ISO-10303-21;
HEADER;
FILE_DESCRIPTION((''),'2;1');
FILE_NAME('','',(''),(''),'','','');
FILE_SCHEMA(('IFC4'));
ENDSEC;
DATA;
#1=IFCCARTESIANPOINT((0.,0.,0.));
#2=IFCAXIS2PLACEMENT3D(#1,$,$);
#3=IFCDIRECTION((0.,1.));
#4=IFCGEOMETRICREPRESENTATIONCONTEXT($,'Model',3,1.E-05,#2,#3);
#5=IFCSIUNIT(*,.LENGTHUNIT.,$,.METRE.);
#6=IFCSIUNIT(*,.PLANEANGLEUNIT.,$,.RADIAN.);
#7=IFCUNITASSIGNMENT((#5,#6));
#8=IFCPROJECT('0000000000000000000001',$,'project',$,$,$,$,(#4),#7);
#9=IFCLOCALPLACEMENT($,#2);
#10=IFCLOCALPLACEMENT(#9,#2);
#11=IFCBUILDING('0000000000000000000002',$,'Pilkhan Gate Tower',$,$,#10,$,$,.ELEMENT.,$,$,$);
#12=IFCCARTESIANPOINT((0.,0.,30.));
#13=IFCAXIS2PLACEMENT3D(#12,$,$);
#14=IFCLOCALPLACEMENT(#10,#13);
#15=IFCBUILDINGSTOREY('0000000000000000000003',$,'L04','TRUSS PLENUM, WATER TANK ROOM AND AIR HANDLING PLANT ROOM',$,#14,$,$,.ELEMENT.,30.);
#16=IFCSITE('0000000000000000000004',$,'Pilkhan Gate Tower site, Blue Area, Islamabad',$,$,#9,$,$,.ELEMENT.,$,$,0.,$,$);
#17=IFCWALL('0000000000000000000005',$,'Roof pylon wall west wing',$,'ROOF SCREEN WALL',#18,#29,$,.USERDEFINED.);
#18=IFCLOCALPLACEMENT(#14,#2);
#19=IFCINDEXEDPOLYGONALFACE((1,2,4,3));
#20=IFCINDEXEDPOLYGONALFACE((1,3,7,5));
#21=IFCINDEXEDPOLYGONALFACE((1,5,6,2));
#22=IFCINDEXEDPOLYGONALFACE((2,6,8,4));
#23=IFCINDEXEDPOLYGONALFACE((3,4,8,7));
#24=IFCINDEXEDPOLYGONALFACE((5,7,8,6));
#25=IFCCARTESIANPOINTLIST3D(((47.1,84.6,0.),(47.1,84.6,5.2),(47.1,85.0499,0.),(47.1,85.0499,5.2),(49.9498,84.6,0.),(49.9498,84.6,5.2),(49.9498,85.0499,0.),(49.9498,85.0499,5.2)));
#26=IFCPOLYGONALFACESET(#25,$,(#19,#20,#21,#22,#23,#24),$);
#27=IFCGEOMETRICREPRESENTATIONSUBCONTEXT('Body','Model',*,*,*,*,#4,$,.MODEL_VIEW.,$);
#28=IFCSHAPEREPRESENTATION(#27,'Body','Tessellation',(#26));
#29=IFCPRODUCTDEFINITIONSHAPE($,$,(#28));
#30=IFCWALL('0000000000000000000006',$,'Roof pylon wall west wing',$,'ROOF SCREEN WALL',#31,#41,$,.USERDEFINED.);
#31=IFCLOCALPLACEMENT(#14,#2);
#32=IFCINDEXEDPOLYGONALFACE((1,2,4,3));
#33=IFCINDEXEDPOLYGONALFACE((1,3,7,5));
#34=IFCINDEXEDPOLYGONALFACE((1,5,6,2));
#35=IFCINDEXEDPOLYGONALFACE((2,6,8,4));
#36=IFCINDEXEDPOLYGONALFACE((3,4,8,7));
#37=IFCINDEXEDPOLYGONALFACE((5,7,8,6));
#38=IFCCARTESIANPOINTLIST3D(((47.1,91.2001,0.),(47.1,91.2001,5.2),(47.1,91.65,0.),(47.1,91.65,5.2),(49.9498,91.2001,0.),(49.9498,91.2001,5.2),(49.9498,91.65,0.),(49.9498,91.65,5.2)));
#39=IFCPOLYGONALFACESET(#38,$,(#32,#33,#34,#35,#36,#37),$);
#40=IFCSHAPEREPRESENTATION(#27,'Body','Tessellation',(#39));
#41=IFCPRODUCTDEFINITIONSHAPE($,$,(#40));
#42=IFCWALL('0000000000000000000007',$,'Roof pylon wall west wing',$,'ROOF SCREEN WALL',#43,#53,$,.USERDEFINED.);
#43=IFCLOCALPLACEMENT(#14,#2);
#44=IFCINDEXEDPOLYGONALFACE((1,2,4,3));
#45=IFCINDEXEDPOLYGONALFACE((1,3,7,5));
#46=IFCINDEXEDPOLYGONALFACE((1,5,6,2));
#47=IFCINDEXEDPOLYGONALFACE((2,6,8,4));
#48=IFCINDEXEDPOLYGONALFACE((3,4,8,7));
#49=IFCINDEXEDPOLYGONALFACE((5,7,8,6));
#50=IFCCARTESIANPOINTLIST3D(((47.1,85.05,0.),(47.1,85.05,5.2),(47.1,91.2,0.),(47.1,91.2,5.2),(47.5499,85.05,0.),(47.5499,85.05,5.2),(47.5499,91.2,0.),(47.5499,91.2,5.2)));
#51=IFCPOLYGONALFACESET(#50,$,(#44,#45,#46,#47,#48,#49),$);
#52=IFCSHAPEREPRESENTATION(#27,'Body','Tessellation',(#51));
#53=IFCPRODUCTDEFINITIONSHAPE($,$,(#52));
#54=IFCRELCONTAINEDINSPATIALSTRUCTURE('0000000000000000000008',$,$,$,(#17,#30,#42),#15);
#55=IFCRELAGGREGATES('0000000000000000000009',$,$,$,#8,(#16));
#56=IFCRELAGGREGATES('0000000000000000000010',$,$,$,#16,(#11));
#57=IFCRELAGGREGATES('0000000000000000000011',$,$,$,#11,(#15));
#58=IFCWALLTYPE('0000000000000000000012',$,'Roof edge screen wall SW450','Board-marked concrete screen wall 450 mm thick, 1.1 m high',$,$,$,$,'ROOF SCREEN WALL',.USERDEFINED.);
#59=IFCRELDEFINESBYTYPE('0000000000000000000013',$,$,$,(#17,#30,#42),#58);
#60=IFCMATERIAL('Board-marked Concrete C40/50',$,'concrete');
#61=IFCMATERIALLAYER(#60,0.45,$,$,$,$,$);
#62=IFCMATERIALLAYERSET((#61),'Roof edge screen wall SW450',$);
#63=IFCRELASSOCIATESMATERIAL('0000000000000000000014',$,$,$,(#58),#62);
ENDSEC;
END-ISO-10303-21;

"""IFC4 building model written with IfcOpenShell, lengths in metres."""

from ifc_helpers import new_model, si_unit, direction, frame, frame_2d, origin, place, context, subcontext, project, spatial, rectangle, extrude, material, layer, layer_set, type_object, element, save


model = new_model("IFC4")

# Units and contexts
model_context = context("Model", 3, precision=1e-05, world=origin(), true_north=direction((0.0, 1.0)))
body_context = subcontext(model_context, "Body", "Model", "MODEL_VIEW")
ifc_project = project(units=[si_unit("LENGTHUNIT", "METRE"), si_unit("PLANEANGLEUNIT", "RADIAN")], contexts=[model_context])

# Site, building, storey
site_placement = place(None, origin())
site = spatial("IfcSite", under=ifc_project, at=site_placement, Name="Pilkhan Gate Tower site, Blue Area, Islamabad", CompositionType="ELEMENT", RefElevation=0.0)
building_placement = place(site_placement, origin())
building = spatial("IfcBuilding", under=site, at=building_placement, Name="Pilkhan Gate Tower", CompositionType="ELEMENT")
storey_placement = place(building_placement, frame((0.0, 0.0, 30.0)))
storey = spatial("IfcBuildingStorey", under=building, at=storey_placement, Name="L04", Description="TRUSS PLENUM, WATER TANK ROOM AND AIR HANDLING PLANT ROOM", CompositionType="ELEMENT", Elevation=30.0)

# Walls
ifc_material_1 = material(Name="Board-marked Concrete C40/50", Category="concrete")
ifc_layer_1 = layer(ifc_material_1, 0.45)
ifc_layer_set_1 = layer_set([ifc_layer_1], Name="Roof edge screen wall SW450")
wall_type_1 = type_object("IfcWallType", Name="Roof edge screen wall SW450", Description="Board-marked concrete screen wall 450 mm thick, 1.1 m high", ElementType="ROOF SCREEN WALL", PredefinedType="USERDEFINED", material=ifc_layer_set_1)
for number, where, z_axis, x_axis, name in (
    (1, (47.1001, 84.825, 0.0), (0.0, 0.0, 1.0), (1.0, 0.0, 0.0), "Roof pylon wall west wing"),
    (2, (47.1001, 91.425, 0.0), (0.0, 0.0, 1.0), (1.0, 0.0, 0.0), "Roof pylon wall west wing"),
):
    element("IfcWall", number, at=place(storey_placement, frame(where, z_axis=z_axis, x_axis=x_axis)), inside=storey, type_object=wall_type_1, Name=name, ObjectType="ROOF SCREEN WALL", PredefinedType="USERDEFINED", context=body_context, shape_type="SweptSolid", body=[
        extrude(rectangle(XDim=2.8499, YDim=0.45, at=frame_2d((1.4248, 0.0))), origin(), (0.0, 0.0, 1.0), 5.2),
    ])
wall_1_placement = place(storey_placement, frame((47.325, 85.05, 0.0), z_axis=(0.0, 0.0, 1.0), x_axis=(0.0, 1.0, 0.0)))
element("IfcWall", 3, at=wall_1_placement, inside=storey, type_object=wall_type_1, Name="Roof pylon wall west wing", ObjectType="ROOF SCREEN WALL", PredefinedType="USERDEFINED", context=body_context, shape_type="SweptSolid", body=[
    extrude(rectangle(XDim=6.1499, YDim=0.45, at=frame_2d((3.075, 0.0))), origin(), (0.0, 0.0, 1.0), 5.2),
])

save(model, "model.ifc")
